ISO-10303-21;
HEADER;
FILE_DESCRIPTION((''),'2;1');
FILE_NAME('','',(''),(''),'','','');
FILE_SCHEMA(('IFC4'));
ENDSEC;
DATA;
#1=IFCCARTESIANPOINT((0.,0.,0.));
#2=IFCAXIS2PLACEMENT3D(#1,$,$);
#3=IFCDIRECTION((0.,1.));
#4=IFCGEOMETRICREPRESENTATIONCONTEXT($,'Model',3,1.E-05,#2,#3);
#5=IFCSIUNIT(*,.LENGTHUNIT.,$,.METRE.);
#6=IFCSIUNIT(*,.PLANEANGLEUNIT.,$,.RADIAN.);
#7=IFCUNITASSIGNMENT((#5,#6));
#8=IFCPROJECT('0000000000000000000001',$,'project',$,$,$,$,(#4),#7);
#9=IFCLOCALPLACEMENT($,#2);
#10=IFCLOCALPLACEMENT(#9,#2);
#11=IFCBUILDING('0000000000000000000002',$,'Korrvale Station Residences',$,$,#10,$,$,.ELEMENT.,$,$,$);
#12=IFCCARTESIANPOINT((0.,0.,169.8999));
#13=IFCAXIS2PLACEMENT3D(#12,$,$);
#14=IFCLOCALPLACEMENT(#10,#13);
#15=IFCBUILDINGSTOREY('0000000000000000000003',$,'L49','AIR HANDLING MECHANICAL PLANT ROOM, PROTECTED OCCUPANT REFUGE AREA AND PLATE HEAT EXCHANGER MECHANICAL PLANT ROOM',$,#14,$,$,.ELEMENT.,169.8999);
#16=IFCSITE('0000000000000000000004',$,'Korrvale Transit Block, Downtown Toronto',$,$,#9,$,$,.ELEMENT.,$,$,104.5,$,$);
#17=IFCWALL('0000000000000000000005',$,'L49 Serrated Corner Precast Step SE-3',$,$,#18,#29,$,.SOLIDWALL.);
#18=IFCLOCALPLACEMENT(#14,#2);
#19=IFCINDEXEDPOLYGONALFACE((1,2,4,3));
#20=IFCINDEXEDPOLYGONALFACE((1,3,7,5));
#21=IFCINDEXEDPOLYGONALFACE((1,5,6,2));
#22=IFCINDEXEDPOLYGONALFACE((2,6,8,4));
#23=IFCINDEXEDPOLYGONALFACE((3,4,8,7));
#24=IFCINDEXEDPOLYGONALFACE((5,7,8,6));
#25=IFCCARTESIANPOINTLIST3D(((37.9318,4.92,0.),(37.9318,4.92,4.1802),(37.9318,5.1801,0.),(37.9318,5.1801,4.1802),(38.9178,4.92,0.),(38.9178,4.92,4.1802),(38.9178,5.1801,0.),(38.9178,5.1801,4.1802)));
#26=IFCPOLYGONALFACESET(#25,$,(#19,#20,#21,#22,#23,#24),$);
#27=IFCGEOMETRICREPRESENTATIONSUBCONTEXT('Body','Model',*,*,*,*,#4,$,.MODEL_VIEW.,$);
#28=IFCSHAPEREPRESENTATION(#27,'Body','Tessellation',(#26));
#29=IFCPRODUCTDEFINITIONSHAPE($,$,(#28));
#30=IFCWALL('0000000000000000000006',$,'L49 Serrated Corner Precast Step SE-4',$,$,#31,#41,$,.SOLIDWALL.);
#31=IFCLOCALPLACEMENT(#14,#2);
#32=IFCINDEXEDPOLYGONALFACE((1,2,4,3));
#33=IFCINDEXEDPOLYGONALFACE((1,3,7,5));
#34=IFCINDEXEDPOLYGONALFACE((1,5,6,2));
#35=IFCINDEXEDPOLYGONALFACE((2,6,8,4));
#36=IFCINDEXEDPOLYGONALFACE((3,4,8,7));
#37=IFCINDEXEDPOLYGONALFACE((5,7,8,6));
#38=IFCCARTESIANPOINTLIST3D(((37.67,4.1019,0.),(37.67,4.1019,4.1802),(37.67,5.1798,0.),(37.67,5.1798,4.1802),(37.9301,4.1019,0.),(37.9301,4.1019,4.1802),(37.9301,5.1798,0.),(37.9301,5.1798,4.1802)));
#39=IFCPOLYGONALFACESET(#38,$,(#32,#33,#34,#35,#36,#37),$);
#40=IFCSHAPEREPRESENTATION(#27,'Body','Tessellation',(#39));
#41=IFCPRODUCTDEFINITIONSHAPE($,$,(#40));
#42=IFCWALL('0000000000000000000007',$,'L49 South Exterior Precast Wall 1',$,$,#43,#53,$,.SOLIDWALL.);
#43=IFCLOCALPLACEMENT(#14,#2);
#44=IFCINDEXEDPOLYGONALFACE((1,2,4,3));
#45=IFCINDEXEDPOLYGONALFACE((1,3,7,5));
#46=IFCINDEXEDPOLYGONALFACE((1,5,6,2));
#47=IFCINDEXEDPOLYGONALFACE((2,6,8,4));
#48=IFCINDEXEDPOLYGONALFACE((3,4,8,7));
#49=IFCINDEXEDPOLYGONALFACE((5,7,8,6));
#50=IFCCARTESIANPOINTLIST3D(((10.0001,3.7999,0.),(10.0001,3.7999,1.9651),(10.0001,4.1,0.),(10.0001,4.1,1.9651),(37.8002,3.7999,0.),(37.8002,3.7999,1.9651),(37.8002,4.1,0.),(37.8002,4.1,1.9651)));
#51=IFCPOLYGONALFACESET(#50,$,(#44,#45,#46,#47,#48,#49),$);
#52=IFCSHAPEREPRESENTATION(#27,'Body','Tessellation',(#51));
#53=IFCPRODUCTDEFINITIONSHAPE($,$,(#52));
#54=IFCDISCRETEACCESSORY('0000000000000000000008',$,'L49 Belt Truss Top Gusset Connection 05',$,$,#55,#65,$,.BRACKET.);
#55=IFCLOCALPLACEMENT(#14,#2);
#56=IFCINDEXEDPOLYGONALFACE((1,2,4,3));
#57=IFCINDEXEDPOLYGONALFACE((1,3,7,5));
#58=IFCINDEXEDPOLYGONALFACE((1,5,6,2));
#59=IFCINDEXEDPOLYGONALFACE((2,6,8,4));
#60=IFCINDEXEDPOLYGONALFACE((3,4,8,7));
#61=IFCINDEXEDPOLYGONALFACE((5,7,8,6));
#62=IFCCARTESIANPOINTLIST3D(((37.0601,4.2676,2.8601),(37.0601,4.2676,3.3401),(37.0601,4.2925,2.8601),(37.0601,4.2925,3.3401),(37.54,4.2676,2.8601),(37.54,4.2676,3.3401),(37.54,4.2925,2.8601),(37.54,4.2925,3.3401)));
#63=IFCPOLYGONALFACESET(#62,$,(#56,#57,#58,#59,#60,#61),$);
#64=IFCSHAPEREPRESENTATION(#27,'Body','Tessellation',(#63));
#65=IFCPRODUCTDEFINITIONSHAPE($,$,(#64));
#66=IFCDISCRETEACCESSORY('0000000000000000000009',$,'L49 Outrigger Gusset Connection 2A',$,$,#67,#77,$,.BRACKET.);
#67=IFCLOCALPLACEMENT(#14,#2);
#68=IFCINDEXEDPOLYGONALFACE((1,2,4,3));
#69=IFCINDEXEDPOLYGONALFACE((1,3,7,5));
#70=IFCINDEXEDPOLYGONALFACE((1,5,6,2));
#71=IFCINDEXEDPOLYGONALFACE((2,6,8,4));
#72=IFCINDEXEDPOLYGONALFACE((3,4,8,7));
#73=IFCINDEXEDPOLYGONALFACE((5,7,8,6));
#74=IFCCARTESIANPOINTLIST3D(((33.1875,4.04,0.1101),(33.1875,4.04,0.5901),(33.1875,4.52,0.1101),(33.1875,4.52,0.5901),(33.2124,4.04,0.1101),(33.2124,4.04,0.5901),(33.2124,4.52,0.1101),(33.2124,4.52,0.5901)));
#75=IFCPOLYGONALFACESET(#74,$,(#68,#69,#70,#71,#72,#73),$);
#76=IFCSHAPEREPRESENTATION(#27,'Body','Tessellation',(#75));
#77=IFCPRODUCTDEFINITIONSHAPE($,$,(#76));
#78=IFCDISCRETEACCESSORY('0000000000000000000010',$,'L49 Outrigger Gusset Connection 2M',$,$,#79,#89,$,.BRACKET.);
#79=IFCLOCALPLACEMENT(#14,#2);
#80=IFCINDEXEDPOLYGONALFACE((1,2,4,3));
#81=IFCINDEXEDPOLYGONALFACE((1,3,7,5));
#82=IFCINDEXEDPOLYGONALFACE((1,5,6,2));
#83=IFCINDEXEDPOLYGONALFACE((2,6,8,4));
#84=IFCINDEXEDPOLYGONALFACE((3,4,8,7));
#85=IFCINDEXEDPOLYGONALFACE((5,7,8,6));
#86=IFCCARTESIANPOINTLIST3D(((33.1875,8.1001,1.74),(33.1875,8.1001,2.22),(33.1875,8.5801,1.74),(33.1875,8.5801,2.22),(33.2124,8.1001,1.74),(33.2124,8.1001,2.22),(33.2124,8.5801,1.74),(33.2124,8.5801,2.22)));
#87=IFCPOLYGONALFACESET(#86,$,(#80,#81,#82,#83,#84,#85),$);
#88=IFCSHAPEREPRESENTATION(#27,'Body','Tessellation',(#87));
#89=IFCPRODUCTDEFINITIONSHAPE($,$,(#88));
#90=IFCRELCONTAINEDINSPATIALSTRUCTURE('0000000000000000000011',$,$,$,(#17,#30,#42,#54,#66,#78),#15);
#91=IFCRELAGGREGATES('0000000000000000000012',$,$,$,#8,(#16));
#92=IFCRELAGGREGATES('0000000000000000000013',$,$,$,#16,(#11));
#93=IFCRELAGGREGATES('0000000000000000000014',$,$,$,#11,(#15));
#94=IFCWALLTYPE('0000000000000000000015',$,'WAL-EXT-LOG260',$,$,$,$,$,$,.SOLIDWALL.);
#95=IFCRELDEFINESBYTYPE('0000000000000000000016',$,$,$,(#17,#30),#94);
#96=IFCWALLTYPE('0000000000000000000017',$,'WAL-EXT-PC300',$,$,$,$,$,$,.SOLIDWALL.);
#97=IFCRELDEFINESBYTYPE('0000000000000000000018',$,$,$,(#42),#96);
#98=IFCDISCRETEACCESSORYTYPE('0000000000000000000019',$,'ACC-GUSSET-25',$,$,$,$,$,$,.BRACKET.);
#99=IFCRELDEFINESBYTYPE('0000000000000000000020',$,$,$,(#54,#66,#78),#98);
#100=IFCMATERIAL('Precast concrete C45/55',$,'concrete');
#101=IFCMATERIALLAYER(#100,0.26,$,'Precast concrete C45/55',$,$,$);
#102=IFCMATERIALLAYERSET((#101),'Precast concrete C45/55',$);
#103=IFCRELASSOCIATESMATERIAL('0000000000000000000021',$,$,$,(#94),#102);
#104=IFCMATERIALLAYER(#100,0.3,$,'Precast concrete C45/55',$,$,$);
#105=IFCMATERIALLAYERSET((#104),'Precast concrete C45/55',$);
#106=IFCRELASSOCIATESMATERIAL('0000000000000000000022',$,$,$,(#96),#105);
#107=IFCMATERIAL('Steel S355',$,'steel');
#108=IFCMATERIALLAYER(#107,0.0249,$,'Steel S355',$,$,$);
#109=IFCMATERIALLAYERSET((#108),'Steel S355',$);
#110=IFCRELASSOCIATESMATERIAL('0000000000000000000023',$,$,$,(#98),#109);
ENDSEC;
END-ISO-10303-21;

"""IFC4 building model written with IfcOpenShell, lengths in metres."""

from ifc_helpers import new_model, si_unit, direction, frame, frame_2d, origin, origin_2d, place, context, subcontext, project, spatial, rectangle, extrude, material, layer, layer_set, type_object, element, save


model = new_model("IFC4")

# Units and contexts
model_context = context("Model", 3, precision=1e-05, world=origin(), true_north=direction((0.0, 1.0)))
body_context = subcontext(model_context, "Body", "Model", "MODEL_VIEW")
ifc_project = project(units=[si_unit("LENGTHUNIT", "METRE"), si_unit("PLANEANGLEUNIT", "RADIAN")], contexts=[model_context])

# Site, building, storey
site_placement = place(None, origin())
site = spatial("IfcSite", under=ifc_project, at=site_placement, Name="Korrvale Transit Block, Downtown Toronto", CompositionType="ELEMENT", RefElevation=104.5)
building_placement = place(site_placement, origin())
building = spatial("IfcBuilding", under=site, at=building_placement, Name="Korrvale Station Residences", CompositionType="ELEMENT")
storey_placement = place(building_placement, frame((0.0, 0.0, 169.8999)))
storey = spatial("IfcBuildingStorey", under=building, at=storey_placement, Name="L49", Description="AIR HANDLING MECHANICAL PLANT ROOM, PROTECTED OCCUPANT REFUGE AREA AND PLATE HEAT EXCHANGER MECHANICAL PLANT ROOM", CompositionType="ELEMENT", Elevation=169.8999)

# Shared definitions
ifc_material_1 = material(Name="Steel S355", Category="steel")

# Walls
ifc_material_2 = material(Name="Precast concrete C45/55", Category="concrete")
ifc_layer_1 = layer(ifc_material_2, 0.26, Name="Precast concrete C45/55")
ifc_layer_set_1 = layer_set([ifc_layer_1], Name="Precast concrete C45/55")
wall_type_1 = type_object("IfcWallType", Name="WAL-EXT-LOG260", PredefinedType="SOLIDWALL", material=ifc_layer_set_1)
wall_1_placement = place(storey_placement, frame((38.918, 5.05, 0.0), z_axis=(0.0, 0.0, 1.0), x_axis=(-1.0, 0.0, 0.0)))
element("IfcWall", 1, at=wall_1_placement, inside=storey, type_object=wall_type_1, Name="L49 Serrated Corner Precast Step SE-3", PredefinedType="SOLIDWALL", context=body_context, shape_type="SweptSolid", body=[
    extrude(rectangle(XDim=0.9861, YDim=0.26, at=frame_2d((0.4932, 0.0))), origin(), (0.0, 0.0, 1.0), 4.1802),
])
wall_2_placement = place(storey_placement, frame((37.8, 5.1799, 0.0), z_axis=(0.0, 0.0, 1.0), x_axis=(0.0, -1.0, 0.0)))
element("IfcWall", 2, at=wall_2_placement, inside=storey, type_object=wall_type_1, Name="L49 Serrated Corner Precast Step SE-4", PredefinedType="SOLIDWALL", context=body_context, shape_type="SweptSolid", body=[
    extrude(rectangle(XDim=1.0779, YDim=0.26, at=frame_2d((0.5391, 0.0))), origin(), (0.0, 0.0, 1.0), 4.1802),
])
ifc_layer_2 = layer(ifc_material_2, 0.3, Name="Precast concrete C45/55")
ifc_layer_set_2 = layer_set([ifc_layer_2], Name="Precast concrete C45/55")
wall_type_2 = type_object("IfcWallType", Name="WAL-EXT-PC300", PredefinedType="SOLIDWALL", material=ifc_layer_set_2)
wall_3_placement = place(storey_placement, frame((37.8, 3.95, 0.0), z_axis=(0.0, 0.0, 1.0), x_axis=(-1.0, 0.0, 0.0)))
element("IfcWall", 3, at=wall_3_placement, inside=storey, type_object=wall_type_2, Name="L49 South Exterior Precast Wall 1", PredefinedType="SOLIDWALL", context=body_context, shape_type="SweptSolid", body=[
    extrude(rectangle(XDim=27.8, YDim=0.3, at=frame_2d((13.8999, 0.0))), origin(), (0.0, 0.0, 1.0), 1.9651),
])

# Discrete accessories
ifc_layer_3 = layer(ifc_material_1, 0.0249, Name="Steel S355")
ifc_layer_set_3 = layer_set([ifc_layer_3], Name="Steel S355")
discrete_accessory_type = type_object("IfcDiscreteAccessoryType", Name="ACC-GUSSET-25", PredefinedType="BRACKET", material=ifc_layer_set_3)
for number, where, z_axis, x_axis, name in (
    (4, (37.3, 4.28, 2.8601), (0.0, 0.0, 1.0), (1.0, 0.0, 0.0), "L49 Belt Truss Top Gusset Connection 05"),
    (5, (33.2, 4.28, 0.1101), (0.0, 0.0, 1.0), (0.0, 1.0, 0.0), "L49 Outrigger Gusset Connection 2A"),
    (6, (33.2, 8.3401, 1.74), (0.0, 0.0, 1.0), (0.0, 1.0, 0.0), "L49 Outrigger Gusset Connection 2M"),
):
    element("IfcDiscreteAccessory", number, at=place(storey_placement, frame(where, z_axis=z_axis, x_axis=x_axis)), inside=storey, type_object=discrete_accessory_type, Name=name, PredefinedType="BRACKET", context=body_context, shape_type="SweptSolid", body=[
        extrude(rectangle(XDim=0.48, YDim=0.0249, at=origin_2d()), origin(), (0.0, 0.0, 1.0), 0.48),
    ])

save(model, "model.ifc")
